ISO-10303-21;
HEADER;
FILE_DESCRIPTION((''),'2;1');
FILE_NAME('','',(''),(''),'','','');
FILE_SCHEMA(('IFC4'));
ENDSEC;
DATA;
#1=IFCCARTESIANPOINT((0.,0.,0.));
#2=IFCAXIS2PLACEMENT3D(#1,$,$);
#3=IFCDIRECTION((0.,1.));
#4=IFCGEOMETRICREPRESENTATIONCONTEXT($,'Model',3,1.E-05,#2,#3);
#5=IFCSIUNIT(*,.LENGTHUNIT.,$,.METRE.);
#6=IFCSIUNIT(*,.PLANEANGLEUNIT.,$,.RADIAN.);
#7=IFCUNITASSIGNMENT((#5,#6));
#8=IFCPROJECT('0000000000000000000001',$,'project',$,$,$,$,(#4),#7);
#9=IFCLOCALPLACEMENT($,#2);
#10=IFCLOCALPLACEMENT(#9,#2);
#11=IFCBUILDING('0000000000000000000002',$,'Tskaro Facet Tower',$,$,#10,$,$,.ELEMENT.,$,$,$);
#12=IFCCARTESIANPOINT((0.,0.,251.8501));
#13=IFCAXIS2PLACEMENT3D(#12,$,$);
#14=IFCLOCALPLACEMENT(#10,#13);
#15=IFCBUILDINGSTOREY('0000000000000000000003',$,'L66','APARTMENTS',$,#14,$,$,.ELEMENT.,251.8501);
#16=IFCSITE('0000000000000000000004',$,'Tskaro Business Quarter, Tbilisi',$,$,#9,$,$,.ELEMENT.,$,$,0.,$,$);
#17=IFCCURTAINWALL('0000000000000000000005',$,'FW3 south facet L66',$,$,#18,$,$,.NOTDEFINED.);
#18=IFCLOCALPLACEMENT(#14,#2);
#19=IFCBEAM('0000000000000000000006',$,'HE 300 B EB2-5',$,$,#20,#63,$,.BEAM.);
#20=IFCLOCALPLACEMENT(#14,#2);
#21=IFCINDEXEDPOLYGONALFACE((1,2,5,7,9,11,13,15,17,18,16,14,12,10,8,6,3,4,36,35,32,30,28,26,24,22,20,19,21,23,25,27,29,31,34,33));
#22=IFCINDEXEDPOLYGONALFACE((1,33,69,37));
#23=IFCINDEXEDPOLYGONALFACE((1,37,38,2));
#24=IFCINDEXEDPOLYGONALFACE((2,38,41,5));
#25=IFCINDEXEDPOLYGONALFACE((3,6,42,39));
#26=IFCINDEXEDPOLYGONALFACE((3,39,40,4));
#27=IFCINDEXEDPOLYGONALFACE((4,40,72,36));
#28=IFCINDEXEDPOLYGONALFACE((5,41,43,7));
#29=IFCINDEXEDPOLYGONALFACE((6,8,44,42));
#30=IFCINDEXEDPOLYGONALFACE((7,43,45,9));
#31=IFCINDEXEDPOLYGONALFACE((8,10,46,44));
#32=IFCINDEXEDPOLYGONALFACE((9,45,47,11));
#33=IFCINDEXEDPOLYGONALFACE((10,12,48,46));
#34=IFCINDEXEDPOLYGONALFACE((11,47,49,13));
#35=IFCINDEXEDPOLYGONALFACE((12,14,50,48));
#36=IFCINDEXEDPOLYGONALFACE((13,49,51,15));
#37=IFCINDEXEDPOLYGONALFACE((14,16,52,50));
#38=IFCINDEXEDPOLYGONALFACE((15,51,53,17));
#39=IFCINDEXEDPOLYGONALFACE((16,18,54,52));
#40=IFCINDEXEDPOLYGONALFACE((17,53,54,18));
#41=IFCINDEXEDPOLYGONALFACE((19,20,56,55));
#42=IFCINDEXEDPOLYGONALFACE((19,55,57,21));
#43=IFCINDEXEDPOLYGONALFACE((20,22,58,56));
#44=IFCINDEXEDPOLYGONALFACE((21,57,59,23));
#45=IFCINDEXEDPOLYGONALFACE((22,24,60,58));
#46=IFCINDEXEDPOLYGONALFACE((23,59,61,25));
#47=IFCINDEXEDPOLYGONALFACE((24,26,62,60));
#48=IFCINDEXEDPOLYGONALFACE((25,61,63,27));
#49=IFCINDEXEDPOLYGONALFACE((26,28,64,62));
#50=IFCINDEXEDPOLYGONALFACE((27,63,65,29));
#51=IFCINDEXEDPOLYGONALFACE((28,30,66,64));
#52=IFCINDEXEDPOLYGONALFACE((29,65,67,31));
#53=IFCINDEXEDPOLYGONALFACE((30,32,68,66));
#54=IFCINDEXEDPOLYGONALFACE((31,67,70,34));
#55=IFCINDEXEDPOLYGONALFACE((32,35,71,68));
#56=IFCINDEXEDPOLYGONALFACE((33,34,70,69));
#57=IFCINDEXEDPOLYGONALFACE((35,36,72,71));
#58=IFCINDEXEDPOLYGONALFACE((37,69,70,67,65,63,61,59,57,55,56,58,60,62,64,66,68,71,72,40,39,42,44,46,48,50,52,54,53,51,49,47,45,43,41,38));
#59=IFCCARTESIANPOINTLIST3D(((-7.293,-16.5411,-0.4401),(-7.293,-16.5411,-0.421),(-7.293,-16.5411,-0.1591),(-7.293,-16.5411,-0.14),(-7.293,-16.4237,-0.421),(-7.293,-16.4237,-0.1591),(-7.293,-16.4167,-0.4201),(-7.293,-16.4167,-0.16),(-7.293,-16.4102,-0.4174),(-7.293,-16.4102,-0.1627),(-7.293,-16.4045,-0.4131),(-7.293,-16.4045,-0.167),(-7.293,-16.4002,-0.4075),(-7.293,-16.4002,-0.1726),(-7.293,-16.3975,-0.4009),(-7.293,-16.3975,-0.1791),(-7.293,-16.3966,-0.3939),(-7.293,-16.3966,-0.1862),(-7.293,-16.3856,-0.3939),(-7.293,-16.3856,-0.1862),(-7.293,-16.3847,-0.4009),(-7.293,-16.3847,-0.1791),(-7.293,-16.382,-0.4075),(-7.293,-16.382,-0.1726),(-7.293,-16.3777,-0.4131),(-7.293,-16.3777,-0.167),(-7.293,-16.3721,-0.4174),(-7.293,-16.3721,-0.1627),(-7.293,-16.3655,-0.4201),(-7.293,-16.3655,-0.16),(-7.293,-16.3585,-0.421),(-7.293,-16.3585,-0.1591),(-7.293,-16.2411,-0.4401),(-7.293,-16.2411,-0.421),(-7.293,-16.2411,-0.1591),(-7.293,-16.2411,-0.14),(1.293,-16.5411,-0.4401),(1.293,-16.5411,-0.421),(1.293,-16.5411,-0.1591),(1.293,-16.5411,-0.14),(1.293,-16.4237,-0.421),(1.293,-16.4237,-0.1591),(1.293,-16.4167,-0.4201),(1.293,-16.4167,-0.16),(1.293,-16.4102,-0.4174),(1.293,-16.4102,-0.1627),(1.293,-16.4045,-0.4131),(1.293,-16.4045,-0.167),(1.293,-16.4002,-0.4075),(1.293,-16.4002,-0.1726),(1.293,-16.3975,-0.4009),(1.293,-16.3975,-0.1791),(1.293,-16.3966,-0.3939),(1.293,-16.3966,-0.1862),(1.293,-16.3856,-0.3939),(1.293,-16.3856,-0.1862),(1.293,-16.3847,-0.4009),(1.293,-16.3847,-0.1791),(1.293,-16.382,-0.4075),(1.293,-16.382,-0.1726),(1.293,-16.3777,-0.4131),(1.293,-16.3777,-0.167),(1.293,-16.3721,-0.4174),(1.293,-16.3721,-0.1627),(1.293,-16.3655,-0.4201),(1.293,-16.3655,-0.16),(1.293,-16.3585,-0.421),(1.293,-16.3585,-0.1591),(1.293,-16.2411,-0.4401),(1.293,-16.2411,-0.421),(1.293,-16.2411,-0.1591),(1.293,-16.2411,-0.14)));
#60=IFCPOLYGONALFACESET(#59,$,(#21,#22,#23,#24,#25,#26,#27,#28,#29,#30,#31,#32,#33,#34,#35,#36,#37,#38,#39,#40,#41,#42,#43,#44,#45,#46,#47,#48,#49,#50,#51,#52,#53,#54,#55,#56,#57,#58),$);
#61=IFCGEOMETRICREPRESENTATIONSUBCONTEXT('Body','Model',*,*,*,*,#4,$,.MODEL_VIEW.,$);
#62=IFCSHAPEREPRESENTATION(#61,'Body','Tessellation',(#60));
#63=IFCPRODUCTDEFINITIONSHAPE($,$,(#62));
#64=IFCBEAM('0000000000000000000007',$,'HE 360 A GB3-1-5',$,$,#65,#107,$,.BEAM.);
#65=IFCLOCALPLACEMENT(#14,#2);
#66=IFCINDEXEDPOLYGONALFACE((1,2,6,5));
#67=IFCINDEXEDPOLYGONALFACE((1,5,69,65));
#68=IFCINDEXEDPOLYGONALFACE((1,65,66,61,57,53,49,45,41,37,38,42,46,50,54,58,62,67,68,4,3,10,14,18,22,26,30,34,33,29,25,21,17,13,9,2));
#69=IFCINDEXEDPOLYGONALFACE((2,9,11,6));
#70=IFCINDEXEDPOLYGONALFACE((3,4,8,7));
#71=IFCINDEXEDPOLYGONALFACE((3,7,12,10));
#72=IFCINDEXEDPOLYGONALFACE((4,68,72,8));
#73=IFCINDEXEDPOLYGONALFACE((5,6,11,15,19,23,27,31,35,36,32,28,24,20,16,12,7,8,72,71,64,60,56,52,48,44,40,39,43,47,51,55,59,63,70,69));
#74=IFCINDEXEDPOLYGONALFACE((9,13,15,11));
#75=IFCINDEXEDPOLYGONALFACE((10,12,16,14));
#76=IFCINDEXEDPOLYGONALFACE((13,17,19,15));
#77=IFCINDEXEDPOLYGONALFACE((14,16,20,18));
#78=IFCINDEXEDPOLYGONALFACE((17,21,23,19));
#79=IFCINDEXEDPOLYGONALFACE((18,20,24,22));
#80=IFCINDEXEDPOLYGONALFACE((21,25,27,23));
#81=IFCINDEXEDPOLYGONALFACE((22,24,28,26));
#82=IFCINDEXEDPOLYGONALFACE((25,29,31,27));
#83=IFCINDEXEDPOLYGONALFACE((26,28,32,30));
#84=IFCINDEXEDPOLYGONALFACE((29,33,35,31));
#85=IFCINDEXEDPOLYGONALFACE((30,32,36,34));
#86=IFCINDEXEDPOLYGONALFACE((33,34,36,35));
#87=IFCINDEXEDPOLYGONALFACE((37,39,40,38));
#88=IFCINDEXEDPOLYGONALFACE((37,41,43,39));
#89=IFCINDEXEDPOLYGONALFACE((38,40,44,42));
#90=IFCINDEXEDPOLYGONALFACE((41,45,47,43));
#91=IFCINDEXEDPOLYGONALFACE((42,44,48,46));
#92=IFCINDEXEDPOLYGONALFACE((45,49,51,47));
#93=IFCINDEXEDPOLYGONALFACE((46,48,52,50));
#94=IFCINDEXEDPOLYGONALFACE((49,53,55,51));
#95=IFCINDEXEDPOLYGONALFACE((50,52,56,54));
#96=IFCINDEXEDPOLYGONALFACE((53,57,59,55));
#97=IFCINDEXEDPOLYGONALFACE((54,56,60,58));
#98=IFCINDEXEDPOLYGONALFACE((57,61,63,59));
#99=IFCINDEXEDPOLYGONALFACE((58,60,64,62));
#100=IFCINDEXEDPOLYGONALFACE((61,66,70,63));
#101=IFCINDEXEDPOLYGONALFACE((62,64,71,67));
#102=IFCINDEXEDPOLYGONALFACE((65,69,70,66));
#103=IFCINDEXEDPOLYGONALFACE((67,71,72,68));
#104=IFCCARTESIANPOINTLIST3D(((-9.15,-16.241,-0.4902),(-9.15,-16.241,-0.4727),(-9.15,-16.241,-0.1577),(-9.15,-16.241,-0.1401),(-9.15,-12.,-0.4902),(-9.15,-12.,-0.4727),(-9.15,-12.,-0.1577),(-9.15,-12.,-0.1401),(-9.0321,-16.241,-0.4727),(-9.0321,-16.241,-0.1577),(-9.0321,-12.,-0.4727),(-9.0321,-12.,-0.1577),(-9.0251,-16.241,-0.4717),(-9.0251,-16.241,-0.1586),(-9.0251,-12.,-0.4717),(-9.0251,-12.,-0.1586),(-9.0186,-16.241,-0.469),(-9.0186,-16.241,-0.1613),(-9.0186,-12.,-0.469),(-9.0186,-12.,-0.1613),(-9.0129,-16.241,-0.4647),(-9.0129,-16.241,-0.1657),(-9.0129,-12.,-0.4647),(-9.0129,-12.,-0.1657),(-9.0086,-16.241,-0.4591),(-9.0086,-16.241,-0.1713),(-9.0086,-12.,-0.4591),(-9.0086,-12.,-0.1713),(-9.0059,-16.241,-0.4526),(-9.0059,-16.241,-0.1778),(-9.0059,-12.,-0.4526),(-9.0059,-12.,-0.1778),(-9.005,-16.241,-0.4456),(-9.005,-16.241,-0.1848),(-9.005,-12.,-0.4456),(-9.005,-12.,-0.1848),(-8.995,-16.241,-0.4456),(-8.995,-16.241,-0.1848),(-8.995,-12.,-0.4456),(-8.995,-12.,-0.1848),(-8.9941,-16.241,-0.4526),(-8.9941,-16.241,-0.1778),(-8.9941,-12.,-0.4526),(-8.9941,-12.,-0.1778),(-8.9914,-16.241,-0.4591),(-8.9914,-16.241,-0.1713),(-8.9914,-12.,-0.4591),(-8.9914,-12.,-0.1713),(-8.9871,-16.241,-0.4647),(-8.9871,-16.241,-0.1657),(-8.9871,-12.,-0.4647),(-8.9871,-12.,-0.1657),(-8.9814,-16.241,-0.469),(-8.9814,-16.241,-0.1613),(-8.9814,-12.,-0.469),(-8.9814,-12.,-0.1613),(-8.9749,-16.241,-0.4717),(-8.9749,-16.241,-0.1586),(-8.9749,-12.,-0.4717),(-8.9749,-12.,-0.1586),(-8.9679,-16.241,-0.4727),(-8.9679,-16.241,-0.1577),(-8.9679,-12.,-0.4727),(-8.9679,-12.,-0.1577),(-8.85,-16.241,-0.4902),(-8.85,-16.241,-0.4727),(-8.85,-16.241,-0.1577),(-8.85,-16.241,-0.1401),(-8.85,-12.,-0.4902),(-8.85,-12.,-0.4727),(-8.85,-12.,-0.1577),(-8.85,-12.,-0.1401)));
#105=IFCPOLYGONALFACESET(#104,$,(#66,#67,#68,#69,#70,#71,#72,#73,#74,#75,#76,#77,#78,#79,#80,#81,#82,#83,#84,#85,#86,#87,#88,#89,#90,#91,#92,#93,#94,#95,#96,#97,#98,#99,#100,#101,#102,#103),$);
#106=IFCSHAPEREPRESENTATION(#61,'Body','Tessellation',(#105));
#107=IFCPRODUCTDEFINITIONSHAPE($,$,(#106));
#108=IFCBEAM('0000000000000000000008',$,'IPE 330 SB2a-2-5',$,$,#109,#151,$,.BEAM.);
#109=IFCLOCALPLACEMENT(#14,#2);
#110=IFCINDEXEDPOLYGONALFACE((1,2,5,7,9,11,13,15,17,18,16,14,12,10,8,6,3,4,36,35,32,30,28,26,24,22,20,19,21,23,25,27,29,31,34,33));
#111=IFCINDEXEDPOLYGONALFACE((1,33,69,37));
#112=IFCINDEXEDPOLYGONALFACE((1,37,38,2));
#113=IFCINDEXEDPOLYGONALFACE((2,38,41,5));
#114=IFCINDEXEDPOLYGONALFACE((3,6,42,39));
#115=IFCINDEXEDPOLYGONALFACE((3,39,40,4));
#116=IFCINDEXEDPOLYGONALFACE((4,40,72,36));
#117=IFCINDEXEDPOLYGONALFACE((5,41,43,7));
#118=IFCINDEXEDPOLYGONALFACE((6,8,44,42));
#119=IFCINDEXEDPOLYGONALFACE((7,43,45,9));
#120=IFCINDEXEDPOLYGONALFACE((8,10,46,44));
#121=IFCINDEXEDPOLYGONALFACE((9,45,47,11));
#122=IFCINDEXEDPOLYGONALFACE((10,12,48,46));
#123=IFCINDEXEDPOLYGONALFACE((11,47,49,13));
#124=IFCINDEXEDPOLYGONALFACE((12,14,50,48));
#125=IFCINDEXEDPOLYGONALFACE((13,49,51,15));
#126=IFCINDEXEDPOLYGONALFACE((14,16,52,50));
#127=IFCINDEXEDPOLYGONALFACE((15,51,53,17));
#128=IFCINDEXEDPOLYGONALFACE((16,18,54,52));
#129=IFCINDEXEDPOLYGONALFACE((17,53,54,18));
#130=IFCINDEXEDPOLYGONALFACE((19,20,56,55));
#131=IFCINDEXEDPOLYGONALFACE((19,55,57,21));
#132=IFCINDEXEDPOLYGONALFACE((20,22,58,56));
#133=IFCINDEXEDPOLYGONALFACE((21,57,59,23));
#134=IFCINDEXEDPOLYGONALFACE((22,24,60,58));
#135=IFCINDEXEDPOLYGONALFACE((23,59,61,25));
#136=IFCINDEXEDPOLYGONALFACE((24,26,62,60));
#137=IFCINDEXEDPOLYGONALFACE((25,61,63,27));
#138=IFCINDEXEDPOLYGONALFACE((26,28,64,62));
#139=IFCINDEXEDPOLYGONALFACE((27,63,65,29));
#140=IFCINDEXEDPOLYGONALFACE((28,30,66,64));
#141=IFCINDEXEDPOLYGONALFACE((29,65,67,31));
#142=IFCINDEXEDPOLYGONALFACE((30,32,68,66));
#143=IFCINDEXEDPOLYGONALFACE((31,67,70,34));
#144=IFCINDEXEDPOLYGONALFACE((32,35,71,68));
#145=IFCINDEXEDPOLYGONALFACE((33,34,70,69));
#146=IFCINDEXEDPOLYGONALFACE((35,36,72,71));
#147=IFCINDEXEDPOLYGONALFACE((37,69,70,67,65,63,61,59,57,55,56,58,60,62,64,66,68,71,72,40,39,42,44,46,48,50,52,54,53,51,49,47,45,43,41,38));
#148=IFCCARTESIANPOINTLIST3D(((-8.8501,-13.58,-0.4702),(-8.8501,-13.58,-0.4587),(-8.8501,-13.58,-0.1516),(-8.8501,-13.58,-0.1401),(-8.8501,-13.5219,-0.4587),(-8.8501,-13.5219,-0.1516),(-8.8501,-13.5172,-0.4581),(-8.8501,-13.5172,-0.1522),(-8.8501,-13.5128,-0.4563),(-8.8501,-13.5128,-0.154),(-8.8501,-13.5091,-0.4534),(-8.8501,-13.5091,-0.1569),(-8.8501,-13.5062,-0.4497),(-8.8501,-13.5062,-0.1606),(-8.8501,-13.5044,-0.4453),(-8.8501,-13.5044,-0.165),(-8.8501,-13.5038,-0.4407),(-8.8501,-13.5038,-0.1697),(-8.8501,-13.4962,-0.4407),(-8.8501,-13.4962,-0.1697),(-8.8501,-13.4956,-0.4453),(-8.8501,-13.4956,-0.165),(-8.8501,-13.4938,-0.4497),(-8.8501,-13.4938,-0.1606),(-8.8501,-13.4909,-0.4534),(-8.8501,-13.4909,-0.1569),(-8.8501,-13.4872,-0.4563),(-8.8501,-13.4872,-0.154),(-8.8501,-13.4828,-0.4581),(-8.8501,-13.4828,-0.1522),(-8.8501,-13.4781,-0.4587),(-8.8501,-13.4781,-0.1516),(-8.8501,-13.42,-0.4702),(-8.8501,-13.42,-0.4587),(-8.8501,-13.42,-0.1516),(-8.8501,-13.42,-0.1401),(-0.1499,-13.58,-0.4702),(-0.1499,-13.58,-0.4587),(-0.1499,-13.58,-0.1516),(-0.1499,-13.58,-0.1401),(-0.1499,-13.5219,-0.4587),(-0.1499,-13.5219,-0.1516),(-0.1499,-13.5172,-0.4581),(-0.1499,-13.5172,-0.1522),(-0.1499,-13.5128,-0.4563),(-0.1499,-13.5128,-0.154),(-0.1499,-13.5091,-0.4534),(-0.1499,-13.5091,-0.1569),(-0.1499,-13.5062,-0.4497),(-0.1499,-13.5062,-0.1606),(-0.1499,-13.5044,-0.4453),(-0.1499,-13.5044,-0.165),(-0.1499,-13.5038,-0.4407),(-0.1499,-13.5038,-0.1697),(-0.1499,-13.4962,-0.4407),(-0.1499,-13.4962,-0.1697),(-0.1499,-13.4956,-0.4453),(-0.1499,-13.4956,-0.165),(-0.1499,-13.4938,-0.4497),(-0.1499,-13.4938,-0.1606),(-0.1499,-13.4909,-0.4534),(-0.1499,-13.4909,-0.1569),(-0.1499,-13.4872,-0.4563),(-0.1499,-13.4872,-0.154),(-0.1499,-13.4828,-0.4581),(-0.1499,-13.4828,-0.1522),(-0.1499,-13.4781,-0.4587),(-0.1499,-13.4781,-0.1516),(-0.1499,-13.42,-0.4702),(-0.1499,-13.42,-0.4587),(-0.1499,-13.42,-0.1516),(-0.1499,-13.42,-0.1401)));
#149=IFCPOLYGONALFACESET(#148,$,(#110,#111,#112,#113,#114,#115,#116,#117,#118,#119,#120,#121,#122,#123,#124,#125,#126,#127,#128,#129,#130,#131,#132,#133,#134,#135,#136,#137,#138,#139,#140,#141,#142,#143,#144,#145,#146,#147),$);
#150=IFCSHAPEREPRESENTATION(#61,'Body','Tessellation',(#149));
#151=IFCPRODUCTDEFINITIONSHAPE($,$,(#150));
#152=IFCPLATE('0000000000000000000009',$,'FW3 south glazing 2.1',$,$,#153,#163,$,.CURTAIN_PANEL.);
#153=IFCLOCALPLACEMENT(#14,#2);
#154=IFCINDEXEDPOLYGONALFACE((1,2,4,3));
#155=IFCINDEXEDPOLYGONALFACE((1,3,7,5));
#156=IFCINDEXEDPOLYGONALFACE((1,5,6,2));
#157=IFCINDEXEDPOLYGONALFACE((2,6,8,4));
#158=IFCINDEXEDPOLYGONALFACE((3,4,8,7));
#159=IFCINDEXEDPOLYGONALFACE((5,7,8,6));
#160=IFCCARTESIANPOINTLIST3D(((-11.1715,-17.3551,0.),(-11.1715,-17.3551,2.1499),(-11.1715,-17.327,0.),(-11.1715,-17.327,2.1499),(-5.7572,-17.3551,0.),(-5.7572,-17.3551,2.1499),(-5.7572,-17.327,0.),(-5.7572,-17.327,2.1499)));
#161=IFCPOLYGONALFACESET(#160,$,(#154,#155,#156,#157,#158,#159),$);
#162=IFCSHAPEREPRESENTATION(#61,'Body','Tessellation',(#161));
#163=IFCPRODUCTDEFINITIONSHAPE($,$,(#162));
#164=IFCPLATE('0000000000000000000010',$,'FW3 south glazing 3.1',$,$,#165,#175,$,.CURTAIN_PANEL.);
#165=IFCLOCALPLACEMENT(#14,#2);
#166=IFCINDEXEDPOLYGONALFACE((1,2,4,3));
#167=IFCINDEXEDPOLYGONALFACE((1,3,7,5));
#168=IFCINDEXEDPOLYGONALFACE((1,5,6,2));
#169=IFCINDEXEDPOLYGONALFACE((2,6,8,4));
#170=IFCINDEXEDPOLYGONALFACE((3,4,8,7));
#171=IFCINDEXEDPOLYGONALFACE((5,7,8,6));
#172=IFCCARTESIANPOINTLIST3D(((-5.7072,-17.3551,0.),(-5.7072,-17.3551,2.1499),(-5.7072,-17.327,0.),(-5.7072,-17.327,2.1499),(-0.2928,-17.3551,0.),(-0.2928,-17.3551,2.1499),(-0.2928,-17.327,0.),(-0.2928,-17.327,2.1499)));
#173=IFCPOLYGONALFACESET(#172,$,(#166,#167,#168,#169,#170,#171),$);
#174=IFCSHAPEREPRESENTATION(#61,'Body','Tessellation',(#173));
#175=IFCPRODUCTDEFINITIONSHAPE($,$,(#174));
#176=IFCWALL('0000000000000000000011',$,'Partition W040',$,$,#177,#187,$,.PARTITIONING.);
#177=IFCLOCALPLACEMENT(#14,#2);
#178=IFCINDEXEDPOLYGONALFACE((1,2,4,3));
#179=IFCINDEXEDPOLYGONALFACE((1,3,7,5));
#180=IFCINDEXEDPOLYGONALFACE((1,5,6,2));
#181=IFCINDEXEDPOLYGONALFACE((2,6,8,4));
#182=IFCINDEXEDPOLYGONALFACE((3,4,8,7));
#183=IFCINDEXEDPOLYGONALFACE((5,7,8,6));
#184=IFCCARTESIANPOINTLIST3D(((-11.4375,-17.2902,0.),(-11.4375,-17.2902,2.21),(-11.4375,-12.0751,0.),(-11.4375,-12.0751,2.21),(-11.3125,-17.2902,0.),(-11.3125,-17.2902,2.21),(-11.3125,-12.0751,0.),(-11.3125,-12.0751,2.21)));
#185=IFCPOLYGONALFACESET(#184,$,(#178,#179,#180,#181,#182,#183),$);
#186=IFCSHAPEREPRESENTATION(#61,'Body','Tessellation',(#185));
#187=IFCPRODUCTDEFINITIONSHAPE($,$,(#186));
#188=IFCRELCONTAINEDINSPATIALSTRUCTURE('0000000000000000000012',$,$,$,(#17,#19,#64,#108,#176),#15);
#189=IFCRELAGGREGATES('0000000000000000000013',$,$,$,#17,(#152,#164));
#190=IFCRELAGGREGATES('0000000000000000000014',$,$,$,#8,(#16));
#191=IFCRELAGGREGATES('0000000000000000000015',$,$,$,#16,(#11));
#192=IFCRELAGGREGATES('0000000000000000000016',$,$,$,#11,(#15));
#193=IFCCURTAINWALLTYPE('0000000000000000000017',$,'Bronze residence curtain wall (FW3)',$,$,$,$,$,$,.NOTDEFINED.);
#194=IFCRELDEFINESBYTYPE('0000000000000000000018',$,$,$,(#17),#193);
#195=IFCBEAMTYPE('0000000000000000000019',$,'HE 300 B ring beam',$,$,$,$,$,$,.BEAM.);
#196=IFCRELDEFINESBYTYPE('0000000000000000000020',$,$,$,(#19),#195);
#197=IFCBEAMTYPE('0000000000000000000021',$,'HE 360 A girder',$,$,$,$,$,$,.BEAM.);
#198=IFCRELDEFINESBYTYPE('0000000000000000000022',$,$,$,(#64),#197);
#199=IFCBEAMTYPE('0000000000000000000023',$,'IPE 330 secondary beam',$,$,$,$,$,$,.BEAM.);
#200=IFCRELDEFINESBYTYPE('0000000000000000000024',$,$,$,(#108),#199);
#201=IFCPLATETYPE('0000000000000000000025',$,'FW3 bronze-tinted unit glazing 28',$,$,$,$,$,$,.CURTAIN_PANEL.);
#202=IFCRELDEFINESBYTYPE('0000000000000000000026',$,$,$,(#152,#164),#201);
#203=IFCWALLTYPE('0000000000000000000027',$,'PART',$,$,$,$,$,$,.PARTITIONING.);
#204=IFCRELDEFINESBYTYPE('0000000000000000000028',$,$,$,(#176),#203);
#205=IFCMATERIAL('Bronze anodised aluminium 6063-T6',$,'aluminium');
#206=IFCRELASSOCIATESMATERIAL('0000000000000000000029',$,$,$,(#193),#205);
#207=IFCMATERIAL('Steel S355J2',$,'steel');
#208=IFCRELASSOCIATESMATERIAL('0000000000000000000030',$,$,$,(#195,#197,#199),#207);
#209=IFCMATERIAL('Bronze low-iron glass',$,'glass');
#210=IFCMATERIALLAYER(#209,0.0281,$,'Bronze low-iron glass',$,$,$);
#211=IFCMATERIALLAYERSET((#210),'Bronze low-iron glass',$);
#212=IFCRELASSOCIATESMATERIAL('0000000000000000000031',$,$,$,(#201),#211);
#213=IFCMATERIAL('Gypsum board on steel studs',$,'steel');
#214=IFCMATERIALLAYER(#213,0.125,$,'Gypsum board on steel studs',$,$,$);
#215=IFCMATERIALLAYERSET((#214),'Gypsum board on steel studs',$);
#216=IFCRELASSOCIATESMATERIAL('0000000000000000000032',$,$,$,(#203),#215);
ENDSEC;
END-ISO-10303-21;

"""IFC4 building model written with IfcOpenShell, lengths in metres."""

from ifc_helpers import new_model, si_unit, direction, frame, frame_2d, origin, origin_2d, place, context, subcontext, project, spatial, rectangle, i_section, extrude, material, layer, layer_set, material_profile, profile_set, type_object, element, aggregate, save


model = new_model("IFC4")

# Units and contexts
model_context = context("Model", 3, precision=1e-05, world=origin(), true_north=direction((0.0, 1.0)))
body_context = subcontext(model_context, "Body", "Model", "MODEL_VIEW")
ifc_project = project(units=[si_unit("LENGTHUNIT", "METRE"), si_unit("PLANEANGLEUNIT", "RADIAN")], contexts=[model_context])

# Site, building, storey
site_placement = place(None, origin())
site = spatial("IfcSite", under=ifc_project, at=site_placement, Name="Tskaro Business Quarter, Tbilisi", CompositionType="ELEMENT", RefElevation=0.0)
building_placement = place(site_placement, origin())
building = spatial("IfcBuilding", under=site, at=building_placement, Name="Tskaro Facet Tower", CompositionType="ELEMENT")
storey_placement = place(building_placement, frame((0.0, 0.0, 251.8501)))
storey = spatial("IfcBuildingStorey", under=building, at=storey_placement, Name="L66", Description="APARTMENTS", CompositionType="ELEMENT", Elevation=251.8501)

# Shared definitions
ifc_material_1 = material(Name="Steel S355J2", Category="steel")

# Curtain wall
ifc_material_2 = material(Name="Bronze anodised aluminium 6063-T6", Category="aluminium")
curtain_wall_type = type_object("IfcCurtainWallType", Name="Bronze residence curtain wall (FW3)", PredefinedType="NOTDEFINED", material=ifc_material_2)
curtain_wall_placement = place(storey_placement, origin())
curtain_wall = element("IfcCurtainWall", 1, at=curtain_wall_placement, inside=storey, type_object=curtain_wall_type, Name="FW3 south facet L66", PredefinedType="NOTDEFINED")

# Beams
ifc_material_profile_1 = material_profile(ifc_material_1, i_section(OverallWidth=0.3, OverallDepth=0.3, WebThickness=0.011, FlangeThickness=0.019, FilletRadius=0.0271, at=origin_2d()), Name="HE 300 B")
ifc_profile_set_1 = profile_set([ifc_material_profile_1], Name="Steel S355J2")
beam_type_1 = type_object("IfcBeamType", Name="HE 300 B ring beam", PredefinedType="BEAM", material=ifc_profile_set_1)
beam_1_placement = place(storey_placement, frame((-7.293, -16.3911, -0.29), z_axis=(1.0, 0.0, 0.0), x_axis=(0.0, 1.0, 0.0)))
element("IfcBeam", 2, at=beam_1_placement, inside=storey, type_object=beam_type_1, Name="HE 300 B EB2-5", PredefinedType="BEAM", context=body_context, shape_type="SweptSolid", body=[
    extrude(i_section(OverallWidth=0.3, OverallDepth=0.3, WebThickness=0.011, FlangeThickness=0.019, FilletRadius=0.0271, at=origin_2d()), origin(), (0.0, 0.0, 1.0), 8.5859),
])
ifc_material_profile_2 = material_profile(ifc_material_1, i_section(OverallWidth=0.3, OverallDepth=0.3501, WebThickness=0.01, FlangeThickness=0.0176, FilletRadius=0.0271, at=origin_2d()), Name="HE 360 A")
ifc_profile_set_2 = profile_set([ifc_material_profile_2], Name="Steel S355J2")
beam_type_2 = type_object("IfcBeamType", Name="HE 360 A girder", PredefinedType="BEAM", material=ifc_profile_set_2)
beam_2_placement = place(storey_placement, frame((-9.0, -16.241, -0.3152), z_axis=(0.0, 1.0, 0.0), x_axis=(-1.0, 0.0, 0.0)))
element("IfcBeam", 3, at=beam_2_placement, inside=storey, type_object=beam_type_2, Name="HE 360 A GB3-1-5", PredefinedType="BEAM", context=body_context, shape_type="SweptSolid", body=[
    extrude(i_section(OverallWidth=0.3, OverallDepth=0.3501, WebThickness=0.01, FlangeThickness=0.0176, FilletRadius=0.0271, at=origin_2d()), origin(), (0.0, 0.0, 1.0), 4.241),
])
ifc_material_profile_3 = material_profile(ifc_material_1, i_section(OverallWidth=0.1599, OverallDepth=0.3301, WebThickness=0.0076, FlangeThickness=0.0115, FilletRadius=0.0181, at=origin_2d()), Name="IPE 330")
ifc_profile_set_3 = profile_set([ifc_material_profile_3], Name="Steel S355J2")
beam_type_3 = type_object("IfcBeamType", Name="IPE 330 secondary beam", PredefinedType="BEAM", material=ifc_profile_set_3)
beam_3_placement = place(storey_placement, frame((-8.8501, -13.5, -0.3052), z_axis=(1.0, 0.0, 0.0), x_axis=(0.0, 1.0, 0.0)))
element("IfcBeam", 4, at=beam_3_placement, inside=storey, type_object=beam_type_3, Name="IPE 330 SB2a-2-5", PredefinedType="BEAM", context=body_context, shape_type="SweptSolid", body=[
    extrude(i_section(OverallWidth=0.1599, OverallDepth=0.3301, WebThickness=0.0076, FlangeThickness=0.0115, FilletRadius=0.0181, at=origin_2d()), origin(), (0.0, 0.0, 1.0), 8.7002),
])

# Plates
ifc_material_3 = material(Name="Bronze low-iron glass", Category="glass")
ifc_layer_1 = layer(ifc_material_3, 0.0281, Name="Bronze low-iron glass")
ifc_layer_set_1 = layer_set([ifc_layer_1], Name="Bronze low-iron glass")
plate_type = type_object("IfcPlateType", Name="FW3 bronze-tinted unit glazing 28", PredefinedType="CURTAIN_PANEL", material=ifc_layer_set_1)
plate_1_placement = place(storey_placement, frame((-8.4644, -17.3411, 0.0), z_axis=(0.0, 0.0, 1.0), x_axis=(1.0, 0.0, 0.0)))
plate_1 = element("IfcPlate", 5, at=plate_1_placement, type_object=plate_type, Name="FW3 south glazing 2.1", PredefinedType="CURTAIN_PANEL", context=body_context, shape_type="SweptSolid", body=[
    extrude(rectangle(XDim=5.4143, YDim=0.0281, at=origin_2d()), origin(), (0.0, 0.0, 1.0), 2.1499),
])
plate_2_placement = place(storey_placement, frame((-3.0, -17.3411, 0.0), z_axis=(0.0, 0.0, 1.0), x_axis=(1.0, 0.0, 0.0)))
plate_2 = element("IfcPlate", 6, at=plate_2_placement, type_object=plate_type, Name="FW3 south glazing 3.1", PredefinedType="CURTAIN_PANEL", context=body_context, shape_type="SweptSolid", body=[
    extrude(rectangle(XDim=5.4143, YDim=0.0281, at=origin_2d()), origin(), (0.0, 0.0, 1.0), 2.1499),
])
aggregate(curtain_wall, [plate_1, plate_2])

# Wall
ifc_material_4 = material(Name="Gypsum board on steel studs", Category="steel")
ifc_layer_2 = layer(ifc_material_4, 0.125, Name="Gypsum board on steel studs")
ifc_layer_set_2 = layer_set([ifc_layer_2], Name="Gypsum board on steel studs")
wall_type_1 = type_object("IfcWallType", Name="PART", PredefinedType="PARTITIONING", material=ifc_layer_set_2)
wall_1_placement = place(storey_placement, frame((-11.375, -17.29, 0.0), z_axis=(0.0, 0.0, 1.0), x_axis=(0.0, 1.0, 0.0)))
element("IfcWall", 7, at=wall_1_placement, inside=storey, type_object=wall_type_1, Name="Partition W040", PredefinedType="PARTITIONING", context=body_context, shape_type="SweptSolid", body=[
    extrude(rectangle(XDim=5.2151, YDim=0.125, at=frame_2d((2.6074, 0.0))), origin(), (0.0, 0.0, 1.0), 2.21),
])

save(model, "model.ifc")
